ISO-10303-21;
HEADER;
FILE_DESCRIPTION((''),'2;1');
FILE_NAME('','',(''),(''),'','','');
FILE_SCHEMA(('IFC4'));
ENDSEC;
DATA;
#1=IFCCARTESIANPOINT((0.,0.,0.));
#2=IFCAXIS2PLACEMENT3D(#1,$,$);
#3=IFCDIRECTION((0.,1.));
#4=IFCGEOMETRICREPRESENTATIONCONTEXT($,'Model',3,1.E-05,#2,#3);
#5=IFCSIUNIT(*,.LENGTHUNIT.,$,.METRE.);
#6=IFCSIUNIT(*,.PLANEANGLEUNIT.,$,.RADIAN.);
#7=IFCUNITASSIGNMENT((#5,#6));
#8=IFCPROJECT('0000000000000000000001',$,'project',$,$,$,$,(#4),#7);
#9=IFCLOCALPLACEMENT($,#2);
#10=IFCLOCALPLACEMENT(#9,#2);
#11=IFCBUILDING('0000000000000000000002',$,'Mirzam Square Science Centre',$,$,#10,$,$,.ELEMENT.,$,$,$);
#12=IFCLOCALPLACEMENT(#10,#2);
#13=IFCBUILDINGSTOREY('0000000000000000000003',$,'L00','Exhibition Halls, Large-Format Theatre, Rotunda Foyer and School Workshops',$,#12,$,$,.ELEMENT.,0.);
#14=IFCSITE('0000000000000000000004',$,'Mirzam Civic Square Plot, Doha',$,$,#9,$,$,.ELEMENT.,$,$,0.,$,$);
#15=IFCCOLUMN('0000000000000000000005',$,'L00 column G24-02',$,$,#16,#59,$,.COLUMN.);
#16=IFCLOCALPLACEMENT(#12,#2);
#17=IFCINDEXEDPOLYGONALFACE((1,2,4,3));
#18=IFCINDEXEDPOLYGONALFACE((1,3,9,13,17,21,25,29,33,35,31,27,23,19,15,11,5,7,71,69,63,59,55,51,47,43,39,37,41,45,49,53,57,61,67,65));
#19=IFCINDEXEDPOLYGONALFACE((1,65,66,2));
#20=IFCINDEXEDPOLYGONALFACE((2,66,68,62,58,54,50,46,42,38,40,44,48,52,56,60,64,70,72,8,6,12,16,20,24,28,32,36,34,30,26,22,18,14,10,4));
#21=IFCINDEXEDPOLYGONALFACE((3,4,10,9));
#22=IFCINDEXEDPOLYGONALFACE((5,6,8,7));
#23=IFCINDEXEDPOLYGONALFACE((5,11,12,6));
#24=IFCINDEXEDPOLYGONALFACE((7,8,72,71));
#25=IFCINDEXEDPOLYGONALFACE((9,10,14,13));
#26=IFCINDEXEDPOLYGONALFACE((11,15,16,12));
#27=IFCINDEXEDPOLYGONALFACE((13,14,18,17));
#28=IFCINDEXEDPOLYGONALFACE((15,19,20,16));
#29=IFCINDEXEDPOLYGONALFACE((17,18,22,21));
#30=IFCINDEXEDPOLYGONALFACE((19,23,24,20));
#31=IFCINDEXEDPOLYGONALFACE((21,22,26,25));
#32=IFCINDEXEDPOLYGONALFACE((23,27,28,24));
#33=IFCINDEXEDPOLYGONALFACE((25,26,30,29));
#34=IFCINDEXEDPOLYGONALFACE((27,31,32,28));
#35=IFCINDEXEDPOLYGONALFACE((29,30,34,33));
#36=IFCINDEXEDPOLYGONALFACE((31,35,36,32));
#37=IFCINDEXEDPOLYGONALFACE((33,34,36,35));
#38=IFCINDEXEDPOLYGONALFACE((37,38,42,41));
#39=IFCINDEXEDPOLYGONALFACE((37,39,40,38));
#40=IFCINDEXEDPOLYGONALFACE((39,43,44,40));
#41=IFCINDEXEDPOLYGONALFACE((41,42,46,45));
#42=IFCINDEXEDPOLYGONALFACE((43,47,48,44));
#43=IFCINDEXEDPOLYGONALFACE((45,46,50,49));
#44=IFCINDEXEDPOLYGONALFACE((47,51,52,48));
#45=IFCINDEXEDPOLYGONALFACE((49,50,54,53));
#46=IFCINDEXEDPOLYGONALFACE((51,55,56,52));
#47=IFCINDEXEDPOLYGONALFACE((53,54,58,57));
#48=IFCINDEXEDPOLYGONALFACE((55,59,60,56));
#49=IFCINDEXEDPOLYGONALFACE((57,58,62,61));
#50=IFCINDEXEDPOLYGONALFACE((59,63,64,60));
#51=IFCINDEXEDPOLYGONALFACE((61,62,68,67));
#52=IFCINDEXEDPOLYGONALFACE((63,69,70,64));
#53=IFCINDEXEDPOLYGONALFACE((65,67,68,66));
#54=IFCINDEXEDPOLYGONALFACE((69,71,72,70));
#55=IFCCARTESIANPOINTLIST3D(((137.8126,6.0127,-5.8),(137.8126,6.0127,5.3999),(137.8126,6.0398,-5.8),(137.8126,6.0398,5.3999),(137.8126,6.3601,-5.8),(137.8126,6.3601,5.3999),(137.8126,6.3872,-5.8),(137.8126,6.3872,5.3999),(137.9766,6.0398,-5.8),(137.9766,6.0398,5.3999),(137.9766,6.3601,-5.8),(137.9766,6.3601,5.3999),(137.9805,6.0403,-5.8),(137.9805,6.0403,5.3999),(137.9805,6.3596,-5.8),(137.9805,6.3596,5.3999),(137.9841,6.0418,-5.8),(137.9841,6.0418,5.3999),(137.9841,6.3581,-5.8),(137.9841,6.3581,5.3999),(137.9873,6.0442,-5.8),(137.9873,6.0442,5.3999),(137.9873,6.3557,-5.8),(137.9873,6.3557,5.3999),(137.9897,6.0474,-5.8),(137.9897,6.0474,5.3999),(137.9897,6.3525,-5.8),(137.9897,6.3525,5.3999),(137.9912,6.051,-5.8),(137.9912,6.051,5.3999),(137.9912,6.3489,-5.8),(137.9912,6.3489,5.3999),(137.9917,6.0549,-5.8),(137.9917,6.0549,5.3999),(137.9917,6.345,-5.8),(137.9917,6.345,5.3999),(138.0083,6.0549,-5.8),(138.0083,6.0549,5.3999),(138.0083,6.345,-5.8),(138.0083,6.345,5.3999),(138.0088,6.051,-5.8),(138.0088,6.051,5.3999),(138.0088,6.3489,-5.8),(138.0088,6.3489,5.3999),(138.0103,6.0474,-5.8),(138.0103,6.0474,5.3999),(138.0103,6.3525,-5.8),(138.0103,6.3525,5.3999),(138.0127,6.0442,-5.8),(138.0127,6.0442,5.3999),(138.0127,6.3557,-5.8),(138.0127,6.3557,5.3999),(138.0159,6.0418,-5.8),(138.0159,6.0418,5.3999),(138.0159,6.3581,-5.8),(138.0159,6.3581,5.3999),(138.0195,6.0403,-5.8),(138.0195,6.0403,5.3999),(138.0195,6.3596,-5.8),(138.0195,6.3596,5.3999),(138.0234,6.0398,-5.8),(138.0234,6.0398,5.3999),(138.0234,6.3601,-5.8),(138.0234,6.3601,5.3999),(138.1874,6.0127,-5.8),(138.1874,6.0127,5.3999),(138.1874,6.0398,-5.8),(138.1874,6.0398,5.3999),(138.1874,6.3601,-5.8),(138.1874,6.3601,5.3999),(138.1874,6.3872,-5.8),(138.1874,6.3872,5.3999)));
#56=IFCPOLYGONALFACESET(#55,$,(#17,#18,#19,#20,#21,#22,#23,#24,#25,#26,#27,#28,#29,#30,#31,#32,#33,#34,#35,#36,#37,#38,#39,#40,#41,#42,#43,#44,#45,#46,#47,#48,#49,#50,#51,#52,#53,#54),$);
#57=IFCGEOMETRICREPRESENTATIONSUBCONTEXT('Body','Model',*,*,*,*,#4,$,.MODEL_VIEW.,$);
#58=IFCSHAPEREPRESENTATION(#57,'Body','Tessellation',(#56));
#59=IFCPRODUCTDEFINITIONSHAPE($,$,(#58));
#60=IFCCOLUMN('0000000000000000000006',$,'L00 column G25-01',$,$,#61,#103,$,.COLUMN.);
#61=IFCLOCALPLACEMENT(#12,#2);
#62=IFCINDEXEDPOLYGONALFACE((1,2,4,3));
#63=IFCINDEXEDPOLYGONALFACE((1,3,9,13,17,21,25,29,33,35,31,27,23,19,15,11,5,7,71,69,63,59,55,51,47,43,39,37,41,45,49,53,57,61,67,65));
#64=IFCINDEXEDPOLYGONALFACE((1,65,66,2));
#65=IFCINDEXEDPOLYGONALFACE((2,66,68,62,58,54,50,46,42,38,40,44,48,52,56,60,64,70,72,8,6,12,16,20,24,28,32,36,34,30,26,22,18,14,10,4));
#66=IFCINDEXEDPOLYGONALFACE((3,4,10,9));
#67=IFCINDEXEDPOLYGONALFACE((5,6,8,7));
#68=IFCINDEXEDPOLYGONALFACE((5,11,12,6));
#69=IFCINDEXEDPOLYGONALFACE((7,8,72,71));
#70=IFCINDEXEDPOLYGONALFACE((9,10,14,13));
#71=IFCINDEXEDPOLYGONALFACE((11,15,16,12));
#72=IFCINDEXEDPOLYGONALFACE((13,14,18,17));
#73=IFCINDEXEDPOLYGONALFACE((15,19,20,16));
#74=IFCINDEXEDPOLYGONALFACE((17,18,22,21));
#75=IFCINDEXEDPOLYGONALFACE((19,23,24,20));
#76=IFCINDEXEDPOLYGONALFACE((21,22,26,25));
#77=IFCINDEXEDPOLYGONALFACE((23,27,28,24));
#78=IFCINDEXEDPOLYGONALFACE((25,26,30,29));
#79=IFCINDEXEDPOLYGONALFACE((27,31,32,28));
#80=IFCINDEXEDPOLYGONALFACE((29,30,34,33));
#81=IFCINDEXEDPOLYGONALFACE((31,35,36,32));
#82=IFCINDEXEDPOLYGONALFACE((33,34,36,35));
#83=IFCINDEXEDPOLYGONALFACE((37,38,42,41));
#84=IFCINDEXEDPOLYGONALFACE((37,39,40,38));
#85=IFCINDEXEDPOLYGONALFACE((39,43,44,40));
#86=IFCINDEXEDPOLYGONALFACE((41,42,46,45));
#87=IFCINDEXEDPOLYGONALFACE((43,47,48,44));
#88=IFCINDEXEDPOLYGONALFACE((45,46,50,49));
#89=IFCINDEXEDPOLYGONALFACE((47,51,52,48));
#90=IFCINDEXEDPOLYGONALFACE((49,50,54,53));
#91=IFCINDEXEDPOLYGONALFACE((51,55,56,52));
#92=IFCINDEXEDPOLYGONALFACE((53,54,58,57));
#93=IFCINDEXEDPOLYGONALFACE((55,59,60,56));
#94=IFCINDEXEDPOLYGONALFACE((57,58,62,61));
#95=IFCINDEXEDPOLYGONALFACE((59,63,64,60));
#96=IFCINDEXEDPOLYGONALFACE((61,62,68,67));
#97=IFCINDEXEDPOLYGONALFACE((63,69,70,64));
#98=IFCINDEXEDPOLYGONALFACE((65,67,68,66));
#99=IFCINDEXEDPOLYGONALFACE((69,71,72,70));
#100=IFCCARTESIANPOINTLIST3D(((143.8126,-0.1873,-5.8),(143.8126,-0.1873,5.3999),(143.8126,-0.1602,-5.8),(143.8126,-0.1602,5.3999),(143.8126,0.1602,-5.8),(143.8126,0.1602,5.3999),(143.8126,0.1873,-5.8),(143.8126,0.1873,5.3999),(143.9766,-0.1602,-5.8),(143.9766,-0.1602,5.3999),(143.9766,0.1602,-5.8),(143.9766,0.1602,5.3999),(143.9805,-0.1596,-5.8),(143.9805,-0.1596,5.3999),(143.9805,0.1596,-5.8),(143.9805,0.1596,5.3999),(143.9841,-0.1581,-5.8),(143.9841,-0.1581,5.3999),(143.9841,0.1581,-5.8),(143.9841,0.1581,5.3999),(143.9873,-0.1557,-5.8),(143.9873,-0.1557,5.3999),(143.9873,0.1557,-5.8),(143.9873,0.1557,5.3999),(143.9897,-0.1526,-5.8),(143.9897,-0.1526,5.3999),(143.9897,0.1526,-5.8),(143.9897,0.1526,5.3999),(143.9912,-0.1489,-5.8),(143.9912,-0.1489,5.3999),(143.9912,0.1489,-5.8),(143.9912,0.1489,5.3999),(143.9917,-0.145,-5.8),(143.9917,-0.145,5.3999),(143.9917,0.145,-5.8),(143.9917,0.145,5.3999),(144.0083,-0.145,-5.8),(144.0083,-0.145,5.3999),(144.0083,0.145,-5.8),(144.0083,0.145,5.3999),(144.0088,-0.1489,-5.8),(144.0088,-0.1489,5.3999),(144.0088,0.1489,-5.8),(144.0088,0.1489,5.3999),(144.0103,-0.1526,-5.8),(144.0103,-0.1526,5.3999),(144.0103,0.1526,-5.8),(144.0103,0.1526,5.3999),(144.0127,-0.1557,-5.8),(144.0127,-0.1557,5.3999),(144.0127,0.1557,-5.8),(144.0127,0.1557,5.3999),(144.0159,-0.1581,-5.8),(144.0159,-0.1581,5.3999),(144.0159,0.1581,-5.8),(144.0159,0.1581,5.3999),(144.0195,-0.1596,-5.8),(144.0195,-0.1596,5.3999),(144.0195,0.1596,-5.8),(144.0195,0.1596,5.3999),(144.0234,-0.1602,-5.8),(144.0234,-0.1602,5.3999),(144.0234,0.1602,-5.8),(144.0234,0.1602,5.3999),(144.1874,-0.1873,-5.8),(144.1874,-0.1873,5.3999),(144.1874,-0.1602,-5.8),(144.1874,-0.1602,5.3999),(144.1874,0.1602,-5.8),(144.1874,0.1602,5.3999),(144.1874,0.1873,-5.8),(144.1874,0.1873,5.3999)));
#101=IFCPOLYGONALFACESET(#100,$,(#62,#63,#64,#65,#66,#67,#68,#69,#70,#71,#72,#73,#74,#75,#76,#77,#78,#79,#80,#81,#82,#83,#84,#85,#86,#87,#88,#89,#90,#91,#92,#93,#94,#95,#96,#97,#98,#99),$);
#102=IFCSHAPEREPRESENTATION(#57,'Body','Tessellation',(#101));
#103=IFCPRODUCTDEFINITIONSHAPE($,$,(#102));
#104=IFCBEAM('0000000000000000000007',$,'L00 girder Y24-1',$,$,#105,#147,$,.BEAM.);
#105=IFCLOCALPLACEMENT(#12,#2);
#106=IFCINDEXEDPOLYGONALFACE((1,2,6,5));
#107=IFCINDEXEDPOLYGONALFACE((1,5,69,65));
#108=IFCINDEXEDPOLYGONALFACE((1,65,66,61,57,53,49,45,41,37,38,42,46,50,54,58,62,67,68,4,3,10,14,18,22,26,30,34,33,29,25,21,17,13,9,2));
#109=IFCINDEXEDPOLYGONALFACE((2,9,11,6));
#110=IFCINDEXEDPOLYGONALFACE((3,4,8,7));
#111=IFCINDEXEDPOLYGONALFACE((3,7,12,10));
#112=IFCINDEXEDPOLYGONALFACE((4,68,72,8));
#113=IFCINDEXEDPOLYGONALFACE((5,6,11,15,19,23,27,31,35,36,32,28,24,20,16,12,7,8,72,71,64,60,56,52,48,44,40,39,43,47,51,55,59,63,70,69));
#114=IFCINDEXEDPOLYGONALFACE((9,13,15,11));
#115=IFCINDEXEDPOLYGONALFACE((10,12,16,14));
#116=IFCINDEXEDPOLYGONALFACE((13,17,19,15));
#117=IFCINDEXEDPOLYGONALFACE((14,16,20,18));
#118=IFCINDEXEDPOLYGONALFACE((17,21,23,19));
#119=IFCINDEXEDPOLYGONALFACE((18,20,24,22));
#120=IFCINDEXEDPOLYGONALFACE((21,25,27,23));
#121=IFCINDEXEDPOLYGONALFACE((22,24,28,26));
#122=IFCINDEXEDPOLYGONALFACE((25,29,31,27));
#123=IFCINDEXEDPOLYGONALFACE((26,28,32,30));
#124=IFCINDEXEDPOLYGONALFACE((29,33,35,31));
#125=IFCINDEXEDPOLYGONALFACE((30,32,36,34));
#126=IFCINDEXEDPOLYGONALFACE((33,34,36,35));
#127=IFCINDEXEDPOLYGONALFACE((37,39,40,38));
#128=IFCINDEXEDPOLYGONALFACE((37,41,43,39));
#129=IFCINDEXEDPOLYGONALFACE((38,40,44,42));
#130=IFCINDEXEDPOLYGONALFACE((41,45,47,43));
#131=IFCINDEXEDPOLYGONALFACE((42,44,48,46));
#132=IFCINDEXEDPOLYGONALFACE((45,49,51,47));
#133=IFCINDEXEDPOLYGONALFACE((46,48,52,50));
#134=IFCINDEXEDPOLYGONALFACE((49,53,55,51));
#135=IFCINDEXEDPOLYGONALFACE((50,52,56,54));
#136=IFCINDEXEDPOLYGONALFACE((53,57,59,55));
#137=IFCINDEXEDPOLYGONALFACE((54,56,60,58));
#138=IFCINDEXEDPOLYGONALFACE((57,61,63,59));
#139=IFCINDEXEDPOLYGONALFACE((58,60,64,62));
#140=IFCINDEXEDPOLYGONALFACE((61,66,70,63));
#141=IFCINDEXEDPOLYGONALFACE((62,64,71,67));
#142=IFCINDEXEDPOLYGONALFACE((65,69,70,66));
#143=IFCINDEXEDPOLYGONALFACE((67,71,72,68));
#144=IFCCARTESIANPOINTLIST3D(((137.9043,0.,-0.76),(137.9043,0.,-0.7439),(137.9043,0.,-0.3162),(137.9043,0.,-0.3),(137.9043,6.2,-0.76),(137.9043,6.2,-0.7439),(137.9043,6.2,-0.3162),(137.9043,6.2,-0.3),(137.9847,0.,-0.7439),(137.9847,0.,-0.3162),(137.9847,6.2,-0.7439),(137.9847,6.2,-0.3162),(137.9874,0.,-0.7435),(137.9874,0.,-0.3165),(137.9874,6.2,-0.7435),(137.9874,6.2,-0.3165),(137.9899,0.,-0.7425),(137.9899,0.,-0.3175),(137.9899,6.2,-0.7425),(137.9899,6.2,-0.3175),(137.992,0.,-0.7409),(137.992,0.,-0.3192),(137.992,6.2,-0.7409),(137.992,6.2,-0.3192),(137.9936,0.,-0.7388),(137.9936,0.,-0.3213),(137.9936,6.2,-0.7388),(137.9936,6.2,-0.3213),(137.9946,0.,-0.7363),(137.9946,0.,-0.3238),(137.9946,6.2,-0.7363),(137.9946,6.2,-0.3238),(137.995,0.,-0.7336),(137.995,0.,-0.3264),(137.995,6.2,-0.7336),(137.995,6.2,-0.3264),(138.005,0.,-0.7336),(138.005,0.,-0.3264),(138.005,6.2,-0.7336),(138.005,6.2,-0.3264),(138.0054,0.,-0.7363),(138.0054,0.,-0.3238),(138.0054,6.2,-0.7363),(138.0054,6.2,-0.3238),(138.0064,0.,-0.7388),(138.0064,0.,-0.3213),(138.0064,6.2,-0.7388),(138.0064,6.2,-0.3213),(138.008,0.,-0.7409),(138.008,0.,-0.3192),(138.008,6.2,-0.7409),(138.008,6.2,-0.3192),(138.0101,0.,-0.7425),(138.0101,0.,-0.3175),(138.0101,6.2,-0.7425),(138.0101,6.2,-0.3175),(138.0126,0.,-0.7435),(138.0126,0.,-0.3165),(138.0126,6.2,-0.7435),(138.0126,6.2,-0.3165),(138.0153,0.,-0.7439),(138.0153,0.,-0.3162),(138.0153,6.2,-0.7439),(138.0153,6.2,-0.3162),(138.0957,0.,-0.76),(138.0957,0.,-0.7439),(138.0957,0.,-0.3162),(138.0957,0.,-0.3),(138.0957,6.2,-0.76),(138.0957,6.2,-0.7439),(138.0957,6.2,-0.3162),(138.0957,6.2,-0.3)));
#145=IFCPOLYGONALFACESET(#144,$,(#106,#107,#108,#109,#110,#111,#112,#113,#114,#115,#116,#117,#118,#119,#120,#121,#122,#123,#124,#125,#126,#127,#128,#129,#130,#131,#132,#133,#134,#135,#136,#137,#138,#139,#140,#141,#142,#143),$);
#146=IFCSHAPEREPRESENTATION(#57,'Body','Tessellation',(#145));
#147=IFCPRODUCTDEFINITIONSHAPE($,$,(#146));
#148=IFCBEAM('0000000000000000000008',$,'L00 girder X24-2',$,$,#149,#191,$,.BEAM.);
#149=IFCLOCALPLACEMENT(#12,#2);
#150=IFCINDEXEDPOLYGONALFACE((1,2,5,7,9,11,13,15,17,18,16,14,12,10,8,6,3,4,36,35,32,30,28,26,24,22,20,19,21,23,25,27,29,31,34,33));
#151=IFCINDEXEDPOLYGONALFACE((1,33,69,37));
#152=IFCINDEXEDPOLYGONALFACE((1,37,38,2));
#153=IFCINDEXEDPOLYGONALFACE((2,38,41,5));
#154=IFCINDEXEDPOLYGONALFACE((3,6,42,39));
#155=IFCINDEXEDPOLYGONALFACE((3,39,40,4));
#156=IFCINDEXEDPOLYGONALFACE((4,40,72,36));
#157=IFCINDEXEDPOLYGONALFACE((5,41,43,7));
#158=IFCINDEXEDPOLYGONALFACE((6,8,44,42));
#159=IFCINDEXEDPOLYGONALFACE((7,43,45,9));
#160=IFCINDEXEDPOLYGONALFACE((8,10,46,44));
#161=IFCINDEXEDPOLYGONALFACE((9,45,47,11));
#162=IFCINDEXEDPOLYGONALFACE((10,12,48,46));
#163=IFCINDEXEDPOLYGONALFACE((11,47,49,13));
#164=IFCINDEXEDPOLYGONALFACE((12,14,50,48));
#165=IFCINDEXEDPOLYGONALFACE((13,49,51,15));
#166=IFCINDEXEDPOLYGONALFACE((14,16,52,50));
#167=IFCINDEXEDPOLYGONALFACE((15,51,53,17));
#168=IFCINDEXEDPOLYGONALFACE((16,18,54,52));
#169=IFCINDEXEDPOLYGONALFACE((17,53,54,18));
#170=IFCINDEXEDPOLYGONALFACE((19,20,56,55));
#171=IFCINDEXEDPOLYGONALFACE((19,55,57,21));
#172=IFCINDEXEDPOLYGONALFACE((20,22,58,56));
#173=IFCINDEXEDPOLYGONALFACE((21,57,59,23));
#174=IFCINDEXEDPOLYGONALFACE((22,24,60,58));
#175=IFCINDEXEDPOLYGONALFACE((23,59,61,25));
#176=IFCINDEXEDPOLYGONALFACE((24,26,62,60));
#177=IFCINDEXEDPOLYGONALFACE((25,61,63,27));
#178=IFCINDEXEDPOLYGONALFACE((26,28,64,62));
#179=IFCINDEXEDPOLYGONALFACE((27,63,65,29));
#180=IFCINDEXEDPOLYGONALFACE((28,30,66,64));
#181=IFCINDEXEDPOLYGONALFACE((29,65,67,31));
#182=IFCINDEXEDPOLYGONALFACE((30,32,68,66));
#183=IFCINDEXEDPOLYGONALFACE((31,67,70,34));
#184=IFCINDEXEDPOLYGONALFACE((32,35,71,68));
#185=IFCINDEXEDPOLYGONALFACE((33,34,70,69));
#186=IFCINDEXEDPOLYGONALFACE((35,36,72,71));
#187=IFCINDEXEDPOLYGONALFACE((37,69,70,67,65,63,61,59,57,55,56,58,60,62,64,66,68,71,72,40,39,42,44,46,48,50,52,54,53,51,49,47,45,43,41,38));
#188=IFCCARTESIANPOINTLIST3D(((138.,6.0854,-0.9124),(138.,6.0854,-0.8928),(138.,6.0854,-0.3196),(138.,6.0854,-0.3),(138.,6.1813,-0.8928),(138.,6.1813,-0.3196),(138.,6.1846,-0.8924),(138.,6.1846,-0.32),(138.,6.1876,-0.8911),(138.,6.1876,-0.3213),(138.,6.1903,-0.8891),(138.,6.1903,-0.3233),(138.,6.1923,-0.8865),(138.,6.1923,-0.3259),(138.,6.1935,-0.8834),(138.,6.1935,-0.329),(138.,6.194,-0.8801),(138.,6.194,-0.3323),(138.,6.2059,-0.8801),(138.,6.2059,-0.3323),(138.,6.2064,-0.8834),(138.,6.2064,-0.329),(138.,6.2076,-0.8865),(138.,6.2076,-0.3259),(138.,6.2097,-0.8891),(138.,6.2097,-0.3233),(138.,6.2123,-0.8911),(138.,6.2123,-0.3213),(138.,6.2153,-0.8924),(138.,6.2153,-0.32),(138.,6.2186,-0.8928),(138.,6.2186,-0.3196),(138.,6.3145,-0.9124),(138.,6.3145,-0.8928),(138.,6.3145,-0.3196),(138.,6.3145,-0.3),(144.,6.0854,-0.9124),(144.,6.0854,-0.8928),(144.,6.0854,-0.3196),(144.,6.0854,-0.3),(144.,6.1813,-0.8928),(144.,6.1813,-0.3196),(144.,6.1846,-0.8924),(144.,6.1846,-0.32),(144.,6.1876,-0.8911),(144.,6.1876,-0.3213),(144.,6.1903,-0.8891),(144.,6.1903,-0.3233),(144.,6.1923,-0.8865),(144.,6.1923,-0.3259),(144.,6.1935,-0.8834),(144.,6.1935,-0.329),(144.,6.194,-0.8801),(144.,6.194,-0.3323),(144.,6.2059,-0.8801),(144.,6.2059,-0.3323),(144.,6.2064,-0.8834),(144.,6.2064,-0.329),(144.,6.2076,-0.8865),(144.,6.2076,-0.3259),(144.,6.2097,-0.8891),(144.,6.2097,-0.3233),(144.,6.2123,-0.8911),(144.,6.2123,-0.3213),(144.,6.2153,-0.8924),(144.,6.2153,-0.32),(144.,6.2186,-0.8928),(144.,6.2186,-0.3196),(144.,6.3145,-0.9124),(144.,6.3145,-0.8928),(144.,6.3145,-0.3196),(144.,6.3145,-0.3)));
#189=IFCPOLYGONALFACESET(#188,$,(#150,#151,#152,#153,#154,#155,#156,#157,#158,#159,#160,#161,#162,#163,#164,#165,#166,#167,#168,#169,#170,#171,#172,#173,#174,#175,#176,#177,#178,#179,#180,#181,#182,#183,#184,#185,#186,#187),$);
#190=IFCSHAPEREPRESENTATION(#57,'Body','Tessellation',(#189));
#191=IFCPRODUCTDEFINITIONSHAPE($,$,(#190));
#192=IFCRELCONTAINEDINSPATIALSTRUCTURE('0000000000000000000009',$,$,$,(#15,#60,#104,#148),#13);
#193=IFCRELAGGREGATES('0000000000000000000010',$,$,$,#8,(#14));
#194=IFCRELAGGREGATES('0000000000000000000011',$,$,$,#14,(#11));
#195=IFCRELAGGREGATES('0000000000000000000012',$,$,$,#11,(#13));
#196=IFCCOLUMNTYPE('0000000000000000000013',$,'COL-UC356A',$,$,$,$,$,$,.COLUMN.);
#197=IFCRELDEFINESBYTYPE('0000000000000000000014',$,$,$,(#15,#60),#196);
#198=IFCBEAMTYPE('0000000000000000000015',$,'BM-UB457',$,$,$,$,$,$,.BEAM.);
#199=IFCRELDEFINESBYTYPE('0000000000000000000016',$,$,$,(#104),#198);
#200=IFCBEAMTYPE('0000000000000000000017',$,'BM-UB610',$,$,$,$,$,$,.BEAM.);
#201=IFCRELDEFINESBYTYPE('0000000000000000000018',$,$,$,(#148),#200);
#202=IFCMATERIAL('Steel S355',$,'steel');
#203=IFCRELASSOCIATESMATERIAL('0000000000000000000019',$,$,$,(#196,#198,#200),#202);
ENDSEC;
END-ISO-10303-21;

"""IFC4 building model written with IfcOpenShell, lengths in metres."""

from ifc_helpers import new_model, si_unit, direction, frame, origin, origin_2d, place, context, subcontext, project, spatial, i_section, extrude, material, material_profile, profile_set, type_object, element, save


model = new_model("IFC4")

# Units and contexts
model_context = context("Model", 3, precision=1e-05, world=origin(), true_north=direction((0.0, 1.0)))
body_context = subcontext(model_context, "Body", "Model", "MODEL_VIEW")
ifc_project = project(units=[si_unit("LENGTHUNIT", "METRE"), si_unit("PLANEANGLEUNIT", "RADIAN")], contexts=[model_context])

# Site, building, storey
site_placement = place(None, origin())
site = spatial("IfcSite", under=ifc_project, at=site_placement, Name="Mirzam Civic Square Plot, Doha", CompositionType="ELEMENT", RefElevation=0.0)
building_placement = place(site_placement, origin())
building = spatial("IfcBuilding", under=site, at=building_placement, Name="Mirzam Square Science Centre", CompositionType="ELEMENT")
storey_placement = place(building_placement, origin())
storey = spatial("IfcBuildingStorey", under=building, at=storey_placement, Name="L00", Description="Exhibition Halls, Large-Format Theatre, Rotunda Foyer and School Workshops", CompositionType="ELEMENT", Elevation=0.0)

# Columns
ifc_material_1 = material(Name="Steel S355", Category="steel")
ifc_material_profile_1 = material_profile(ifc_material_1, i_section(OverallWidth=0.3748, OverallDepth=0.3745, WebThickness=0.0166, FlangeThickness=0.0271, FilletRadius=0.0151, at=origin_2d()), Name="356x368x202UC")
ifc_profile_set_1 = profile_set([ifc_material_profile_1], Name="Steel S355")
column_type_1 = type_object("IfcColumnType", Name="COL-UC356A", PredefinedType="COLUMN", material=ifc_profile_set_1)
for number, where, z_axis, x_axis, name in (
    (1, (138.0, 6.2, -5.8), (0.0, 0.0, 1.0), (1.0, 0.0, 0.0), "L00 column G24-02"),
    (2, (144.0, 0.0, -5.8), (0.0, 0.0, 1.0), (1.0, 0.0, 0.0), "L00 column G25-01"),
):
    element("IfcColumn", number, at=place(storey_placement, frame(where, z_axis=z_axis, x_axis=x_axis)), inside=storey, type_object=column_type_1, Name=name, PredefinedType="COLUMN", context=body_context, shape_type="SweptSolid", body=[
        extrude(i_section(OverallWidth=0.3748, OverallDepth=0.3745, WebThickness=0.0166, FlangeThickness=0.0271, FilletRadius=0.0151, at=origin_2d()), origin(), (0.0, 0.0, 1.0), 11.2),
    ])

# Beams
ifc_material_profile_2 = material_profile(ifc_material_1, i_section(OverallWidth=0.1914, OverallDepth=0.46, WebThickness=0.01, FlangeThickness=0.0161, FilletRadius=0.0103, at=origin_2d()), Name="457x191x82UB")
ifc_profile_set_2 = profile_set([ifc_material_profile_2], Name="Steel S355")
beam_type_1 = type_object("IfcBeamType", Name="BM-UB457", PredefinedType="BEAM", material=ifc_profile_set_2)
beam_1_placement = place(storey_placement, frame((138.0, 0.0, -0.53), z_axis=(0.0, 1.0, 0.0), x_axis=(-1.0, 0.0, 0.0)))
element("IfcBeam", 3, at=beam_1_placement, inside=storey, type_object=beam_type_1, Name="L00 girder Y24-1", PredefinedType="BEAM", context=body_context, shape_type="SweptSolid", body=[
    extrude(i_section(OverallWidth=0.1914, OverallDepth=0.46, WebThickness=0.01, FlangeThickness=0.0161, FilletRadius=0.0103, at=origin_2d()), origin(), (0.0, 0.0, 1.0), 6.2),
])
ifc_material_profile_3 = material_profile(ifc_material_1, i_section(OverallWidth=0.229, OverallDepth=0.6123, WebThickness=0.012, FlangeThickness=0.0195, FilletRadius=0.0127, at=origin_2d()), Name="610x229x125UB")
ifc_profile_set_3 = profile_set([ifc_material_profile_3], Name="Steel S355")
beam_type_2 = type_object("IfcBeamType", Name="BM-UB610", PredefinedType="BEAM", material=ifc_profile_set_3)
beam_2_placement = place(storey_placement, frame((138.0, 6.2, -0.6062), z_axis=(1.0, 0.0, 0.0), x_axis=(0.0, 1.0, 0.0)))
element("IfcBeam", 4, at=beam_2_placement, inside=storey, type_object=beam_type_2, Name="L00 girder X24-2", PredefinedType="BEAM", context=body_context, shape_type="SweptSolid", body=[
    extrude(i_section(OverallWidth=0.229, OverallDepth=0.6123, WebThickness=0.012, FlangeThickness=0.0195, FilletRadius=0.0127, at=origin_2d()), origin(), (0.0, 0.0, 1.0), 6.0),
])

save(model, "model.ifc")
